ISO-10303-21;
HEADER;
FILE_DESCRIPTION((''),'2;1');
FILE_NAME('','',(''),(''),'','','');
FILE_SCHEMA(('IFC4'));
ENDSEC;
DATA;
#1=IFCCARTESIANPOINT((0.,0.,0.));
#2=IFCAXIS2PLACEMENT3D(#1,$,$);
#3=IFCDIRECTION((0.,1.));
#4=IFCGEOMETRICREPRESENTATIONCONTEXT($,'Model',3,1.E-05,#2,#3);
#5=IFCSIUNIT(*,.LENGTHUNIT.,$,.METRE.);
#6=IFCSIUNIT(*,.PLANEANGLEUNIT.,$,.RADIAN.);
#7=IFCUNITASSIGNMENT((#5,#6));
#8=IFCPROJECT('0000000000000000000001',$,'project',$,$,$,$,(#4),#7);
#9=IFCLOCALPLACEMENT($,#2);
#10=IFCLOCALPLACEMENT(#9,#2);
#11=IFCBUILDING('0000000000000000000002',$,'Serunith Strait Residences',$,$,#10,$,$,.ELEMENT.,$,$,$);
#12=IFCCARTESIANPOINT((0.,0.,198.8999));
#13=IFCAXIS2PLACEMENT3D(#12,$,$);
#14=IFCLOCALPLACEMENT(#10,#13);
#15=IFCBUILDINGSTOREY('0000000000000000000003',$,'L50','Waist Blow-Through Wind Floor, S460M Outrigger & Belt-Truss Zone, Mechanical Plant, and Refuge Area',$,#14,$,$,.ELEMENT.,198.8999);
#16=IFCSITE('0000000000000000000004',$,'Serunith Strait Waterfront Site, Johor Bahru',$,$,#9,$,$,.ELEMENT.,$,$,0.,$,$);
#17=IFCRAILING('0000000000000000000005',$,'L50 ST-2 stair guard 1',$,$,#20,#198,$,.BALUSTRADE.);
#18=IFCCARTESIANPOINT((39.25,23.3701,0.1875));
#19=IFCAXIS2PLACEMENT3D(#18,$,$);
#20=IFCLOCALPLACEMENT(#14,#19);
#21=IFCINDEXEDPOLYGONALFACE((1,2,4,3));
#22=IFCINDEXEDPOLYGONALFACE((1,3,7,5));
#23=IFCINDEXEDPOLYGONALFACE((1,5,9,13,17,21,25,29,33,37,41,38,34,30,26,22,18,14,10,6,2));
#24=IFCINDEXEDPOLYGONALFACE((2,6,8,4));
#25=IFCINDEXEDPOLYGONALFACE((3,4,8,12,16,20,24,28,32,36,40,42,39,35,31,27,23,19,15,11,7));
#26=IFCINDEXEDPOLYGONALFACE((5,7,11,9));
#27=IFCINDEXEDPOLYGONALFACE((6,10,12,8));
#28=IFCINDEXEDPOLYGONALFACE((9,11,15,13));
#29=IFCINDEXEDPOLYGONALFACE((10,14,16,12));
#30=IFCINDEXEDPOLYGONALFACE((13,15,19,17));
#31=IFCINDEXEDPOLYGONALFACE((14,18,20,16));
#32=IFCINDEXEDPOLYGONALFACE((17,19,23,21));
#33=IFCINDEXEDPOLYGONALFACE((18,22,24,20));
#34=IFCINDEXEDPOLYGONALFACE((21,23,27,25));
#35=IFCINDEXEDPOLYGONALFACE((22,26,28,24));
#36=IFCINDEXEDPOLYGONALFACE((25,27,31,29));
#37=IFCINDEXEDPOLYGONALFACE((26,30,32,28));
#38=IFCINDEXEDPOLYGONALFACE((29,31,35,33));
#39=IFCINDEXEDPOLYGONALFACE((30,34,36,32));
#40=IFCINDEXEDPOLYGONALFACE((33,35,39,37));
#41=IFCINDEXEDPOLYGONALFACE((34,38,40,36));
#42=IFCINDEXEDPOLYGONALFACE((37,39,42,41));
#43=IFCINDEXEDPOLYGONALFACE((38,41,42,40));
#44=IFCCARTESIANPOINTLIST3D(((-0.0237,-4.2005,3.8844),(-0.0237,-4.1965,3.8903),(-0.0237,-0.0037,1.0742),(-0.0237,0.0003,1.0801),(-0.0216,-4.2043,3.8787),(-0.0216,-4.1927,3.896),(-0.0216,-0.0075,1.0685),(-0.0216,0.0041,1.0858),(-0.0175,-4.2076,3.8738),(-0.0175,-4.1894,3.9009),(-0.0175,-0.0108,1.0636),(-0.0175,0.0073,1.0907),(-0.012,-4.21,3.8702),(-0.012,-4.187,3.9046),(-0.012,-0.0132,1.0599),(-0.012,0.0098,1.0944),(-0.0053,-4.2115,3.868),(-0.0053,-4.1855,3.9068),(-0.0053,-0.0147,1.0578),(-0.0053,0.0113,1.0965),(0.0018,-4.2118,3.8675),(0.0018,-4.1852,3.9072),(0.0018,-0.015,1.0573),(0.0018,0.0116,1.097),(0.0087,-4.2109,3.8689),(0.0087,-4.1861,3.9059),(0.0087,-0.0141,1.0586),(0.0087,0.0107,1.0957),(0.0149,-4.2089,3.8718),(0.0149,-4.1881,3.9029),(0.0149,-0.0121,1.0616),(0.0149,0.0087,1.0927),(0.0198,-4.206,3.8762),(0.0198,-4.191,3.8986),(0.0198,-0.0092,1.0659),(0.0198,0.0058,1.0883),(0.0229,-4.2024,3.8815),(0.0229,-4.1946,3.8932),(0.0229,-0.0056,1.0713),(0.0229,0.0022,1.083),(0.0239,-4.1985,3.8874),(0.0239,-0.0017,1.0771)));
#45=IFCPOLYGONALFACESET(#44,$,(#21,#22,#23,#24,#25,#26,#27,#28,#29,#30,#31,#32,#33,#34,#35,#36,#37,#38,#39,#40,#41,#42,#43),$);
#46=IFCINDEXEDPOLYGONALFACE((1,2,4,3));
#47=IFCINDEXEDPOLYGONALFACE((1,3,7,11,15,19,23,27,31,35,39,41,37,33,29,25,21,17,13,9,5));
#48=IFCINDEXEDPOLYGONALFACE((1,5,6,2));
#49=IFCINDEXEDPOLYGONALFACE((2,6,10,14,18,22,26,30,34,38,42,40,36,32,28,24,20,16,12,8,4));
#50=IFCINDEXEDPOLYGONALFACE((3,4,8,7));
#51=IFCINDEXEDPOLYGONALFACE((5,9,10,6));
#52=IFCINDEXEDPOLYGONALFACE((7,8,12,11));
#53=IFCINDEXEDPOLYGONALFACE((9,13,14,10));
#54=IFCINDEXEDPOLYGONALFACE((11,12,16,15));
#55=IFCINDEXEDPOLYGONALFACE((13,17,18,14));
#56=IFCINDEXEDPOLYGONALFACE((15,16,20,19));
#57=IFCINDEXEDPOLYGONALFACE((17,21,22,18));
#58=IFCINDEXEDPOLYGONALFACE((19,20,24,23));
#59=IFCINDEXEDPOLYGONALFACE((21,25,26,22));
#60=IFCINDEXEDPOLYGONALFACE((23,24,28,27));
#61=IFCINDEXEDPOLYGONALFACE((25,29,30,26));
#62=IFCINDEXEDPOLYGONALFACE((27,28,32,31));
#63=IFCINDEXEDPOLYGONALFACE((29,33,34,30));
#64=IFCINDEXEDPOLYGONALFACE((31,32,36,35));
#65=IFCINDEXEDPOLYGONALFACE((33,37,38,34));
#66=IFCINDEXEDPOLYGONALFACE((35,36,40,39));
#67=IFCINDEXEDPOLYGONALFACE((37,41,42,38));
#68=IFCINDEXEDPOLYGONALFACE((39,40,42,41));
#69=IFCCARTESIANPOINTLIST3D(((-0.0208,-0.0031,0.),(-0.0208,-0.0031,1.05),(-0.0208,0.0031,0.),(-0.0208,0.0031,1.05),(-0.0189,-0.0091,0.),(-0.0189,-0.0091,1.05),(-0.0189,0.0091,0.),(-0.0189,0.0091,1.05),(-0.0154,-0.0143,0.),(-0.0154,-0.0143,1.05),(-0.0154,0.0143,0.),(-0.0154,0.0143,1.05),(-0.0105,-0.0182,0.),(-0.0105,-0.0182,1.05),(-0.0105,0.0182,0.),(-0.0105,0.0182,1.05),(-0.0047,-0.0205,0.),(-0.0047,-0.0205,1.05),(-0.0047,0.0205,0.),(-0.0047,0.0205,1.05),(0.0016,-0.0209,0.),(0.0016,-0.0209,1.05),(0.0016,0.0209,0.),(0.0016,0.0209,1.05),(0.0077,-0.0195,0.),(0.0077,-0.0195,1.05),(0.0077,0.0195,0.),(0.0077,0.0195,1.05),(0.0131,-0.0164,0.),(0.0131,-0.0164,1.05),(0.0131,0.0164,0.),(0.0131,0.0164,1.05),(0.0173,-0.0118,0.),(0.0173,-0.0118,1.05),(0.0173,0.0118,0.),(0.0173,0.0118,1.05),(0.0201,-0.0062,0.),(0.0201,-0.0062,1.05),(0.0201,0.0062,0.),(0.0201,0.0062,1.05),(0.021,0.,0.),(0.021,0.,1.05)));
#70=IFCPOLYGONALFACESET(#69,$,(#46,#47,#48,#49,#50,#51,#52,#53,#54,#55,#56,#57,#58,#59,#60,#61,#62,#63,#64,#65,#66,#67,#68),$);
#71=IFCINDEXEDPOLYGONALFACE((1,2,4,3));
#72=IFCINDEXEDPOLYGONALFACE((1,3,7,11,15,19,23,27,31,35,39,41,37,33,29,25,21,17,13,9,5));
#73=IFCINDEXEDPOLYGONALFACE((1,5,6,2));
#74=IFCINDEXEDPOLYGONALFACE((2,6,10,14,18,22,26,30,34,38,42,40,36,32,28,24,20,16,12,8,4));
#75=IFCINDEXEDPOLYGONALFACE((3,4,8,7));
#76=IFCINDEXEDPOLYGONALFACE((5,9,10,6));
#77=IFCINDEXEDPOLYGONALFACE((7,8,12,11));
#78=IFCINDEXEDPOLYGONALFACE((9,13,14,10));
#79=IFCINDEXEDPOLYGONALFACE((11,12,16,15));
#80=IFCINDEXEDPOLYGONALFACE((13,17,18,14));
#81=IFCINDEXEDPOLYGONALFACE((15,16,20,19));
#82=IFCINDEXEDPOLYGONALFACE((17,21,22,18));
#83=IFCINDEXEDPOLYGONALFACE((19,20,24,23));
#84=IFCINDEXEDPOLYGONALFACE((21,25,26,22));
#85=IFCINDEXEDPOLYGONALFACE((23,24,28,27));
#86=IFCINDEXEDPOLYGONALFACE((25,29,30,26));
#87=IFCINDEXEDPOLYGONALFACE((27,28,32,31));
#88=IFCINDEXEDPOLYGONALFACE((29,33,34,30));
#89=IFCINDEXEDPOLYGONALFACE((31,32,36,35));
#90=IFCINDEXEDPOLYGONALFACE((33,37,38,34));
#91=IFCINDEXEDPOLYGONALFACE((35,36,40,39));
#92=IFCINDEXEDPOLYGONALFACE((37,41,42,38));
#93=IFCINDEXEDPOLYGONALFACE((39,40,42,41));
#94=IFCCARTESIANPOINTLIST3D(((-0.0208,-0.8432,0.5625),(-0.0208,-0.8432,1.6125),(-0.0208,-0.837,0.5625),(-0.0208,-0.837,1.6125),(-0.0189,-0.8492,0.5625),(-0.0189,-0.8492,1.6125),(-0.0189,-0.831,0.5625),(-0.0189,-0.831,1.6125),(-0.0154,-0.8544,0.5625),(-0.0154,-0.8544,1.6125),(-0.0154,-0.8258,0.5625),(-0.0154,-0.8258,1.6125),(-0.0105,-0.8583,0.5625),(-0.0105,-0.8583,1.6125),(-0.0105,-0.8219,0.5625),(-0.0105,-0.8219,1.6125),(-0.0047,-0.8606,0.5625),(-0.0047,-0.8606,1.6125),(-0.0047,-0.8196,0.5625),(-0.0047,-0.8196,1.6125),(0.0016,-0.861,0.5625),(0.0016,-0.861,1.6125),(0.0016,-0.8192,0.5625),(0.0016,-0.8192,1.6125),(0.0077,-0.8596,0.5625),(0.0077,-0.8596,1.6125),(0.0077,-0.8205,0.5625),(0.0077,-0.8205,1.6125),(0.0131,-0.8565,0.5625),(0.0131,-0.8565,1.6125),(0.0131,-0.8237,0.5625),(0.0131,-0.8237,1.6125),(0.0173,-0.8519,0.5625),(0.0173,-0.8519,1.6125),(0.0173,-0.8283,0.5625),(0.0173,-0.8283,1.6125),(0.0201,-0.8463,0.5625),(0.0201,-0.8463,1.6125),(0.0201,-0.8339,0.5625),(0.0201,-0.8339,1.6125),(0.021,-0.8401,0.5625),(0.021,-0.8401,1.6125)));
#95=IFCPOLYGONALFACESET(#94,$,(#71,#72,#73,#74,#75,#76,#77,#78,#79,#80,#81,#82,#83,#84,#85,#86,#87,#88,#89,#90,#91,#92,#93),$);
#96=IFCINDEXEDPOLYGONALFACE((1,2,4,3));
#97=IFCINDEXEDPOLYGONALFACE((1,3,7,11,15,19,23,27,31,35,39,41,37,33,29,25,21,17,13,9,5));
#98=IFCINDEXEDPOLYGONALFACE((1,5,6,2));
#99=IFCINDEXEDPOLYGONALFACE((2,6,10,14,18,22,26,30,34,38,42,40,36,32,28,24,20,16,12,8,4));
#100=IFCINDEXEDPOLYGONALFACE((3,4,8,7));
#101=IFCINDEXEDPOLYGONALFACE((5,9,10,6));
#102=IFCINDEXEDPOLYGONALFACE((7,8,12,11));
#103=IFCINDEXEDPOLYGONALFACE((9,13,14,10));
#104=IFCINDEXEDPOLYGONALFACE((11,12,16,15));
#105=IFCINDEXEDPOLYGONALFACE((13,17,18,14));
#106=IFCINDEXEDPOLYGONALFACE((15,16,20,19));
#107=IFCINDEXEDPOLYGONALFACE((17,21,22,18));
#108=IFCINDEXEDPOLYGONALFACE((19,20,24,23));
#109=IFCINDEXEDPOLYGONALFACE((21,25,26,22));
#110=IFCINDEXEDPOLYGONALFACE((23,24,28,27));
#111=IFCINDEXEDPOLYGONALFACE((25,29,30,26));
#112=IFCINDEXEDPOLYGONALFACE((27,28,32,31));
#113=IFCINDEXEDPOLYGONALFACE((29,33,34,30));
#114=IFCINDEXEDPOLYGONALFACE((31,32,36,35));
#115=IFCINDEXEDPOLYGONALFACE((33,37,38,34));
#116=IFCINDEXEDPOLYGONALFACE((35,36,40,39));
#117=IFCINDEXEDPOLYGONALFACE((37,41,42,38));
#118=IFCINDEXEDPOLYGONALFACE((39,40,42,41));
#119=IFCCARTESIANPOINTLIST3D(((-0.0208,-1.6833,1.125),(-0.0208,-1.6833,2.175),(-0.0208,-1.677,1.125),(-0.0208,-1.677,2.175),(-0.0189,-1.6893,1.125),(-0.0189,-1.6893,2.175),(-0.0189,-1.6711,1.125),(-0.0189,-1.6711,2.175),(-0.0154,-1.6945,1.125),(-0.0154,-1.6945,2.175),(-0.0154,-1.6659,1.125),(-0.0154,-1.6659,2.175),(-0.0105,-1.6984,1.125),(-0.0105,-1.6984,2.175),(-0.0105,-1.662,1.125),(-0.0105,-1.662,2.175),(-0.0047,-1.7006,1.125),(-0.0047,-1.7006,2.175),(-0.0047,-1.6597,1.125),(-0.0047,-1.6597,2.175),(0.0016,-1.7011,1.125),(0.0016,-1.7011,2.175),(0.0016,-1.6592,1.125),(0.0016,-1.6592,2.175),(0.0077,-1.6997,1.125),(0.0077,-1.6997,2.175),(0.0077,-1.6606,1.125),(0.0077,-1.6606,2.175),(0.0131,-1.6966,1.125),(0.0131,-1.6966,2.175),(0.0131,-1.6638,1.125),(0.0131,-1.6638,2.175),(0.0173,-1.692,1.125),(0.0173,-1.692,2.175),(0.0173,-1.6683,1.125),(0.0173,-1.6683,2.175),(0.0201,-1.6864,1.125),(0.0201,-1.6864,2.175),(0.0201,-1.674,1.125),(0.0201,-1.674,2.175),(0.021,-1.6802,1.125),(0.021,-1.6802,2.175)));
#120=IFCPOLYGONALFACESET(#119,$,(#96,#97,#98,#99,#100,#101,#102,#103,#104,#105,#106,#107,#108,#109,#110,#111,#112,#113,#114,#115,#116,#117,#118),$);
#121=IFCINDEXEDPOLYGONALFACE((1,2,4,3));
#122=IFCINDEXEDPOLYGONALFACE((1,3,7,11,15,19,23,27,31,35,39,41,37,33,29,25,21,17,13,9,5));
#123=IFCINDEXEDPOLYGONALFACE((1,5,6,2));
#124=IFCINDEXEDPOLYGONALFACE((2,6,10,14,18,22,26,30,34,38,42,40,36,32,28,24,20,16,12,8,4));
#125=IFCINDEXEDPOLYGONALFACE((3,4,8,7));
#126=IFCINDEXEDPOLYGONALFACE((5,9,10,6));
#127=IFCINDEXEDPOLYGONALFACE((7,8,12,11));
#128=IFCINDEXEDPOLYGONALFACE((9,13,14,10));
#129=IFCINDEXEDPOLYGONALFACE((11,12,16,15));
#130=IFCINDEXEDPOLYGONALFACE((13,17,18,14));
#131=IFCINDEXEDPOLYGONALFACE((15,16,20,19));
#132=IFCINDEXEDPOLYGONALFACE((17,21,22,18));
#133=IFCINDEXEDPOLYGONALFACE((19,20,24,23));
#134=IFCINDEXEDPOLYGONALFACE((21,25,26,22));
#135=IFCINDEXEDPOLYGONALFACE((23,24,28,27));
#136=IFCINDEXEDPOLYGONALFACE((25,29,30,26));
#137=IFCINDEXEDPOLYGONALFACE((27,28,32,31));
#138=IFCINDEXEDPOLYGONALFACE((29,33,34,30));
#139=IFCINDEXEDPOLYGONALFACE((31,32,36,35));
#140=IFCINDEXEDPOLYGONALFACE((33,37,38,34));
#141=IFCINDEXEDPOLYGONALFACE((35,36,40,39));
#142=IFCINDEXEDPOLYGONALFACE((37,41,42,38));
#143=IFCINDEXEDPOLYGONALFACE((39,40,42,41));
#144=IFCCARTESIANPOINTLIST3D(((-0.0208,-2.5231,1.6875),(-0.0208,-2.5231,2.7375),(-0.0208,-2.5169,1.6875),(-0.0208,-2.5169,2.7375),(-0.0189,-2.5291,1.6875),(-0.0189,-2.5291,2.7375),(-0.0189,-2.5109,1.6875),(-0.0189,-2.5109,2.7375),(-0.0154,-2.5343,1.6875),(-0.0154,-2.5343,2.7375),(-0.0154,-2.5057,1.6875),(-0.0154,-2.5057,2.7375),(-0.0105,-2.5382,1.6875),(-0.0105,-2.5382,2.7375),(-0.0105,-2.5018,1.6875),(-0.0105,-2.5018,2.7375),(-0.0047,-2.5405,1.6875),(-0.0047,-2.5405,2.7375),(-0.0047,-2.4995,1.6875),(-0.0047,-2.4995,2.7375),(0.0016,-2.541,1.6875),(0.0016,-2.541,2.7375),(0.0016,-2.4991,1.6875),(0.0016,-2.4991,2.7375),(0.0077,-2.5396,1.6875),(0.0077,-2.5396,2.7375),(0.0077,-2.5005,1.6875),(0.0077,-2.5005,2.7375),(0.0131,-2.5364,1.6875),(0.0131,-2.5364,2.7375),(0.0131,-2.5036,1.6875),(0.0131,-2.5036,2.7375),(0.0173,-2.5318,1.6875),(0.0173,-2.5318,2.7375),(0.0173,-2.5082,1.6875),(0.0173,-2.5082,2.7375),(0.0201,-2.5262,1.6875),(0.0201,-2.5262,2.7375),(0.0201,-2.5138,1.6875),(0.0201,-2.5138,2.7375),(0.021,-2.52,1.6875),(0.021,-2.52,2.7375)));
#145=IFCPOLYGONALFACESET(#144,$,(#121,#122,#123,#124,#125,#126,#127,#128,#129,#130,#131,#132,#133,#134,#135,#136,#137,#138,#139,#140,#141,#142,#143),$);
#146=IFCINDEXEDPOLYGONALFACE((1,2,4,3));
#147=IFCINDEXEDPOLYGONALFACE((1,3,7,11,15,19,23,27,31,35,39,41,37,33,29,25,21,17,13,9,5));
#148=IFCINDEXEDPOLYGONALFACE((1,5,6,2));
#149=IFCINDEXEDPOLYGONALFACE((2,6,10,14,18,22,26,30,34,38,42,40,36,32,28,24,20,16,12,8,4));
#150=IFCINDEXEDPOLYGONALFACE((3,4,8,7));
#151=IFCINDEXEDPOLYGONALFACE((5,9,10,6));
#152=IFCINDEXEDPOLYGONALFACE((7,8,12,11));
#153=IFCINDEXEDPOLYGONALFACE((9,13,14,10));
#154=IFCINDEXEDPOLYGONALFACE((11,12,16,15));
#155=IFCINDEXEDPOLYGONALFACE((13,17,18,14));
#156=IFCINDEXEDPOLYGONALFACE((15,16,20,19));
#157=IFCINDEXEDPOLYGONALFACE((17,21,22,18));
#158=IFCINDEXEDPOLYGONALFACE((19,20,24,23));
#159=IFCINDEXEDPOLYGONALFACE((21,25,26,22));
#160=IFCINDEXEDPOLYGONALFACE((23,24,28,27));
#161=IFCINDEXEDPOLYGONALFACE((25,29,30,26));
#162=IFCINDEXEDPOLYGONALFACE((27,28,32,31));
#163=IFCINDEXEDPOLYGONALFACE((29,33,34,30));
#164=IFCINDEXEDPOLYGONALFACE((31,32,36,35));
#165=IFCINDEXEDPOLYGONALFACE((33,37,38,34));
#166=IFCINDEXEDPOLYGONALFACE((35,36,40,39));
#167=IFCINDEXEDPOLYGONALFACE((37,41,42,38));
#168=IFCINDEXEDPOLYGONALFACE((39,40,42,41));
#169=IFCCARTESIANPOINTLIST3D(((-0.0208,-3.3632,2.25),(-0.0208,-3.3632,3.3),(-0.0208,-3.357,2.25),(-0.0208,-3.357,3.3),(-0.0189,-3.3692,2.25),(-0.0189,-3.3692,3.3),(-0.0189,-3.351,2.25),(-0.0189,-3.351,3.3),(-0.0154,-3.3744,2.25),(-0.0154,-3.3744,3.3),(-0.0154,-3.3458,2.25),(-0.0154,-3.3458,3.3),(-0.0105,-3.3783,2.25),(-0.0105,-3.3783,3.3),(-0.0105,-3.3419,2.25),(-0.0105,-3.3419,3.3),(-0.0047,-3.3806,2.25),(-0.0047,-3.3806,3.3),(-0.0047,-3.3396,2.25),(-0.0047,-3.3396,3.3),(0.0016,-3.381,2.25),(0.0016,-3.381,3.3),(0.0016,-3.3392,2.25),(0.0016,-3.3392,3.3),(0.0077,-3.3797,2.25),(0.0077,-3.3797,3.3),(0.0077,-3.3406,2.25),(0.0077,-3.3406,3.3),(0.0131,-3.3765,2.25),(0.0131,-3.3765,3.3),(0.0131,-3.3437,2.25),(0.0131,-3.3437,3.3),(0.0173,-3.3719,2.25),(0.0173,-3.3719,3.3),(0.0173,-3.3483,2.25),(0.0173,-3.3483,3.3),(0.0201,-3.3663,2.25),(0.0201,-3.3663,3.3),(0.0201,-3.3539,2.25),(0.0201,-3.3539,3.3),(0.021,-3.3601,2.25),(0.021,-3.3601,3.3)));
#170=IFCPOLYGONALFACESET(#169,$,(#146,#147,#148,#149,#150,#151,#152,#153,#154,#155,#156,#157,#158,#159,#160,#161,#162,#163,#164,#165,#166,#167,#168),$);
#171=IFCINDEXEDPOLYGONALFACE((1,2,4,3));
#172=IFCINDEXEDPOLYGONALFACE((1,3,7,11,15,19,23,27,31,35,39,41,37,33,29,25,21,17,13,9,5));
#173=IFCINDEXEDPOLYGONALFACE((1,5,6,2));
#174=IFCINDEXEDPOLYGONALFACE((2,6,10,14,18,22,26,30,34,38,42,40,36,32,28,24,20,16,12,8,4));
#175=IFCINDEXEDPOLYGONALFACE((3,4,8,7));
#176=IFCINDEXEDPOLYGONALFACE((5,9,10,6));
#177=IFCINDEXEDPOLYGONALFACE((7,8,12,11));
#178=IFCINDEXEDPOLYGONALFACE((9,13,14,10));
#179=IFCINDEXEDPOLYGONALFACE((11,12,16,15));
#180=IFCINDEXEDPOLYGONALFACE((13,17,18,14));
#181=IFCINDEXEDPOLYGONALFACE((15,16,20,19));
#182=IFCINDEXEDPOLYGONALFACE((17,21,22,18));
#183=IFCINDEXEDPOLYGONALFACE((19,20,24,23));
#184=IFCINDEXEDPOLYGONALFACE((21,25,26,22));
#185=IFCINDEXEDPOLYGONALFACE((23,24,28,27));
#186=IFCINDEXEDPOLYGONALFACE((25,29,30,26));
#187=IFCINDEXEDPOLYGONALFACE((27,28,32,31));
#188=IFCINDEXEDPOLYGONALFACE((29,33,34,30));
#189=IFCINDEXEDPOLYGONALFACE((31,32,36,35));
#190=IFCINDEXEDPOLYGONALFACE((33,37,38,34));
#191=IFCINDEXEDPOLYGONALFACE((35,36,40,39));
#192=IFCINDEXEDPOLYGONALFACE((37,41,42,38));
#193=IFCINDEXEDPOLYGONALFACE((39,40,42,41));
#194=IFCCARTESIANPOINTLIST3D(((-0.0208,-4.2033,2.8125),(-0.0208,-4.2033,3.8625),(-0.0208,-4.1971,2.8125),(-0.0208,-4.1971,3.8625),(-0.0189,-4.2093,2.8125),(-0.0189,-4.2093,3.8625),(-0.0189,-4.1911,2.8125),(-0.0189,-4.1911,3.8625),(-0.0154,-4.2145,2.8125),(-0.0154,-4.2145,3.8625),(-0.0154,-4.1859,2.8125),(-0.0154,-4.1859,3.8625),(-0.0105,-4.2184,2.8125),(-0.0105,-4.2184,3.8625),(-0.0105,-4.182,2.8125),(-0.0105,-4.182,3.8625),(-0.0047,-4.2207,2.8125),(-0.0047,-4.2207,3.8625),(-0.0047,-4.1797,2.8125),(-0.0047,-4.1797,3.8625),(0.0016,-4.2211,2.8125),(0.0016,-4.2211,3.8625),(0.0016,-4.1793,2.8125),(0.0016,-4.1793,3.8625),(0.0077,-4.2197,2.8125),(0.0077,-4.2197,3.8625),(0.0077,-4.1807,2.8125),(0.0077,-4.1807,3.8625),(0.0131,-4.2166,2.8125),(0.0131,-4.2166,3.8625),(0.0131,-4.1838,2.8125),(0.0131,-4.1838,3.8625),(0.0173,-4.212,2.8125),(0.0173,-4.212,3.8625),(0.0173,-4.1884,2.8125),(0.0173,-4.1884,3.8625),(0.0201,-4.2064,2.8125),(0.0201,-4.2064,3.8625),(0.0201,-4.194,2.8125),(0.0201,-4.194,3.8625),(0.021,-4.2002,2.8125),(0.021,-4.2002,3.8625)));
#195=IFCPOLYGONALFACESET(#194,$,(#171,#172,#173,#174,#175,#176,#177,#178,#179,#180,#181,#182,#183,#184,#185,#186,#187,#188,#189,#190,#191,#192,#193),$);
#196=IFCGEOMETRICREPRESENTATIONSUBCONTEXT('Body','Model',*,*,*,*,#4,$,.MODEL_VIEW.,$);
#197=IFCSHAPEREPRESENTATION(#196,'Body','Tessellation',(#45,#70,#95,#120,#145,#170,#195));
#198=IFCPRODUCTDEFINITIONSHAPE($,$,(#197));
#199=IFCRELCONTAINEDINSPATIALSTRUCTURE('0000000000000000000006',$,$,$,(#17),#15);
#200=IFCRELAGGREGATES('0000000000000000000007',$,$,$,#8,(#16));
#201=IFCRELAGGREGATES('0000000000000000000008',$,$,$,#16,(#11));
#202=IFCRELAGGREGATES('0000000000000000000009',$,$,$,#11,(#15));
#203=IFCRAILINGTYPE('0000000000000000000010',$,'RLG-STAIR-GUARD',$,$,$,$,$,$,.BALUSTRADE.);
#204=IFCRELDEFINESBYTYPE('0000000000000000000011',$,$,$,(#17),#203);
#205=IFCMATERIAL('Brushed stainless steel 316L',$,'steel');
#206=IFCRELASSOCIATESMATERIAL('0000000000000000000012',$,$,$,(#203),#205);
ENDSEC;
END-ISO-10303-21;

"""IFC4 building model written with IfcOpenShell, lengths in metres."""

from ifc_helpers import new_model, si_unit, direction, frame, origin, origin_2d, place, context, subcontext, project, spatial, circle, extrude, material, type_object, element, save


model = new_model("IFC4")

# Units and contexts
model_context = context("Model", 3, precision=1e-05, world=origin(), true_north=direction((0.0, 1.0)))
body_context = subcontext(model_context, "Body", "Model", "MODEL_VIEW")
ifc_project = project(units=[si_unit("LENGTHUNIT", "METRE"), si_unit("PLANEANGLEUNIT", "RADIAN")], contexts=[model_context])

# Site, building, storey
site_placement = place(None, origin())
site = spatial("IfcSite", under=ifc_project, at=site_placement, Name="Serunith Strait Waterfront Site, Johor Bahru", CompositionType="ELEMENT", RefElevation=0.0)
building_placement = place(site_placement, origin())
building = spatial("IfcBuilding", under=site, at=building_placement, Name="Serunith Strait Residences", CompositionType="ELEMENT")
storey_placement = place(building_placement, frame((0.0, 0.0, 198.8999)))
storey = spatial("IfcBuildingStorey", under=building, at=storey_placement, Name="L50", Description="Waist Blow-Through Wind Floor, S460M Outrigger & Belt-Truss Zone, Mechanical Plant, and Refuge Area", CompositionType="ELEMENT", Elevation=198.8999)

# Railing
ifc_material_1 = material(Name="Brushed stainless steel 316L", Category="steel")
railing_type_1 = type_object("IfcRailingType", Name="RLG-STAIR-GUARD", PredefinedType="BALUSTRADE", material=ifc_material_1)
railing_1_placement = place(storey_placement, frame((39.25, 23.3701, 0.1875)))
element("IfcRailing", 1, at=railing_1_placement, inside=storey, type_object=railing_type_1, Name="L50 ST-2 stair guard 1", PredefinedType="BALUSTRADE", context=body_context, shape_type="SweptSolid", body=[
    extrude(circle(Radius=0.0239, at=origin_2d()), frame((0.0, -0.0017, 1.0771), z_axis=(0.0, -0.830919, 0.556393), x_axis=(1.0, 0.0, 0.0)), (0.0, 0.0, 1.0), 5.0508),
    extrude(circle(Radius=0.021, at=origin_2d()), origin(), (0.0, 0.0, 1.0), 1.05),
    extrude(circle(Radius=0.021, at=origin_2d()), frame((0.0, -0.8401, 0.5625)), (0.0, 0.0, 1.0), 1.05),
    extrude(circle(Radius=0.021, at=origin_2d()), frame((0.0, -1.6802, 1.125)), (0.0, 0.0, 1.0), 1.05),
    extrude(circle(Radius=0.021, at=origin_2d()), frame((0.0, -2.52, 1.6875)), (0.0, 0.0, 1.0), 1.05),
    extrude(circle(Radius=0.021, at=origin_2d()), frame((0.0, -3.3601, 2.25)), (0.0, 0.0, 1.0), 1.05),
    extrude(circle(Radius=0.021, at=origin_2d()), frame((0.0, -4.2002, 2.8125)), (0.0, 0.0, 1.0), 1.05),
])

save(model, "model.ifc")
